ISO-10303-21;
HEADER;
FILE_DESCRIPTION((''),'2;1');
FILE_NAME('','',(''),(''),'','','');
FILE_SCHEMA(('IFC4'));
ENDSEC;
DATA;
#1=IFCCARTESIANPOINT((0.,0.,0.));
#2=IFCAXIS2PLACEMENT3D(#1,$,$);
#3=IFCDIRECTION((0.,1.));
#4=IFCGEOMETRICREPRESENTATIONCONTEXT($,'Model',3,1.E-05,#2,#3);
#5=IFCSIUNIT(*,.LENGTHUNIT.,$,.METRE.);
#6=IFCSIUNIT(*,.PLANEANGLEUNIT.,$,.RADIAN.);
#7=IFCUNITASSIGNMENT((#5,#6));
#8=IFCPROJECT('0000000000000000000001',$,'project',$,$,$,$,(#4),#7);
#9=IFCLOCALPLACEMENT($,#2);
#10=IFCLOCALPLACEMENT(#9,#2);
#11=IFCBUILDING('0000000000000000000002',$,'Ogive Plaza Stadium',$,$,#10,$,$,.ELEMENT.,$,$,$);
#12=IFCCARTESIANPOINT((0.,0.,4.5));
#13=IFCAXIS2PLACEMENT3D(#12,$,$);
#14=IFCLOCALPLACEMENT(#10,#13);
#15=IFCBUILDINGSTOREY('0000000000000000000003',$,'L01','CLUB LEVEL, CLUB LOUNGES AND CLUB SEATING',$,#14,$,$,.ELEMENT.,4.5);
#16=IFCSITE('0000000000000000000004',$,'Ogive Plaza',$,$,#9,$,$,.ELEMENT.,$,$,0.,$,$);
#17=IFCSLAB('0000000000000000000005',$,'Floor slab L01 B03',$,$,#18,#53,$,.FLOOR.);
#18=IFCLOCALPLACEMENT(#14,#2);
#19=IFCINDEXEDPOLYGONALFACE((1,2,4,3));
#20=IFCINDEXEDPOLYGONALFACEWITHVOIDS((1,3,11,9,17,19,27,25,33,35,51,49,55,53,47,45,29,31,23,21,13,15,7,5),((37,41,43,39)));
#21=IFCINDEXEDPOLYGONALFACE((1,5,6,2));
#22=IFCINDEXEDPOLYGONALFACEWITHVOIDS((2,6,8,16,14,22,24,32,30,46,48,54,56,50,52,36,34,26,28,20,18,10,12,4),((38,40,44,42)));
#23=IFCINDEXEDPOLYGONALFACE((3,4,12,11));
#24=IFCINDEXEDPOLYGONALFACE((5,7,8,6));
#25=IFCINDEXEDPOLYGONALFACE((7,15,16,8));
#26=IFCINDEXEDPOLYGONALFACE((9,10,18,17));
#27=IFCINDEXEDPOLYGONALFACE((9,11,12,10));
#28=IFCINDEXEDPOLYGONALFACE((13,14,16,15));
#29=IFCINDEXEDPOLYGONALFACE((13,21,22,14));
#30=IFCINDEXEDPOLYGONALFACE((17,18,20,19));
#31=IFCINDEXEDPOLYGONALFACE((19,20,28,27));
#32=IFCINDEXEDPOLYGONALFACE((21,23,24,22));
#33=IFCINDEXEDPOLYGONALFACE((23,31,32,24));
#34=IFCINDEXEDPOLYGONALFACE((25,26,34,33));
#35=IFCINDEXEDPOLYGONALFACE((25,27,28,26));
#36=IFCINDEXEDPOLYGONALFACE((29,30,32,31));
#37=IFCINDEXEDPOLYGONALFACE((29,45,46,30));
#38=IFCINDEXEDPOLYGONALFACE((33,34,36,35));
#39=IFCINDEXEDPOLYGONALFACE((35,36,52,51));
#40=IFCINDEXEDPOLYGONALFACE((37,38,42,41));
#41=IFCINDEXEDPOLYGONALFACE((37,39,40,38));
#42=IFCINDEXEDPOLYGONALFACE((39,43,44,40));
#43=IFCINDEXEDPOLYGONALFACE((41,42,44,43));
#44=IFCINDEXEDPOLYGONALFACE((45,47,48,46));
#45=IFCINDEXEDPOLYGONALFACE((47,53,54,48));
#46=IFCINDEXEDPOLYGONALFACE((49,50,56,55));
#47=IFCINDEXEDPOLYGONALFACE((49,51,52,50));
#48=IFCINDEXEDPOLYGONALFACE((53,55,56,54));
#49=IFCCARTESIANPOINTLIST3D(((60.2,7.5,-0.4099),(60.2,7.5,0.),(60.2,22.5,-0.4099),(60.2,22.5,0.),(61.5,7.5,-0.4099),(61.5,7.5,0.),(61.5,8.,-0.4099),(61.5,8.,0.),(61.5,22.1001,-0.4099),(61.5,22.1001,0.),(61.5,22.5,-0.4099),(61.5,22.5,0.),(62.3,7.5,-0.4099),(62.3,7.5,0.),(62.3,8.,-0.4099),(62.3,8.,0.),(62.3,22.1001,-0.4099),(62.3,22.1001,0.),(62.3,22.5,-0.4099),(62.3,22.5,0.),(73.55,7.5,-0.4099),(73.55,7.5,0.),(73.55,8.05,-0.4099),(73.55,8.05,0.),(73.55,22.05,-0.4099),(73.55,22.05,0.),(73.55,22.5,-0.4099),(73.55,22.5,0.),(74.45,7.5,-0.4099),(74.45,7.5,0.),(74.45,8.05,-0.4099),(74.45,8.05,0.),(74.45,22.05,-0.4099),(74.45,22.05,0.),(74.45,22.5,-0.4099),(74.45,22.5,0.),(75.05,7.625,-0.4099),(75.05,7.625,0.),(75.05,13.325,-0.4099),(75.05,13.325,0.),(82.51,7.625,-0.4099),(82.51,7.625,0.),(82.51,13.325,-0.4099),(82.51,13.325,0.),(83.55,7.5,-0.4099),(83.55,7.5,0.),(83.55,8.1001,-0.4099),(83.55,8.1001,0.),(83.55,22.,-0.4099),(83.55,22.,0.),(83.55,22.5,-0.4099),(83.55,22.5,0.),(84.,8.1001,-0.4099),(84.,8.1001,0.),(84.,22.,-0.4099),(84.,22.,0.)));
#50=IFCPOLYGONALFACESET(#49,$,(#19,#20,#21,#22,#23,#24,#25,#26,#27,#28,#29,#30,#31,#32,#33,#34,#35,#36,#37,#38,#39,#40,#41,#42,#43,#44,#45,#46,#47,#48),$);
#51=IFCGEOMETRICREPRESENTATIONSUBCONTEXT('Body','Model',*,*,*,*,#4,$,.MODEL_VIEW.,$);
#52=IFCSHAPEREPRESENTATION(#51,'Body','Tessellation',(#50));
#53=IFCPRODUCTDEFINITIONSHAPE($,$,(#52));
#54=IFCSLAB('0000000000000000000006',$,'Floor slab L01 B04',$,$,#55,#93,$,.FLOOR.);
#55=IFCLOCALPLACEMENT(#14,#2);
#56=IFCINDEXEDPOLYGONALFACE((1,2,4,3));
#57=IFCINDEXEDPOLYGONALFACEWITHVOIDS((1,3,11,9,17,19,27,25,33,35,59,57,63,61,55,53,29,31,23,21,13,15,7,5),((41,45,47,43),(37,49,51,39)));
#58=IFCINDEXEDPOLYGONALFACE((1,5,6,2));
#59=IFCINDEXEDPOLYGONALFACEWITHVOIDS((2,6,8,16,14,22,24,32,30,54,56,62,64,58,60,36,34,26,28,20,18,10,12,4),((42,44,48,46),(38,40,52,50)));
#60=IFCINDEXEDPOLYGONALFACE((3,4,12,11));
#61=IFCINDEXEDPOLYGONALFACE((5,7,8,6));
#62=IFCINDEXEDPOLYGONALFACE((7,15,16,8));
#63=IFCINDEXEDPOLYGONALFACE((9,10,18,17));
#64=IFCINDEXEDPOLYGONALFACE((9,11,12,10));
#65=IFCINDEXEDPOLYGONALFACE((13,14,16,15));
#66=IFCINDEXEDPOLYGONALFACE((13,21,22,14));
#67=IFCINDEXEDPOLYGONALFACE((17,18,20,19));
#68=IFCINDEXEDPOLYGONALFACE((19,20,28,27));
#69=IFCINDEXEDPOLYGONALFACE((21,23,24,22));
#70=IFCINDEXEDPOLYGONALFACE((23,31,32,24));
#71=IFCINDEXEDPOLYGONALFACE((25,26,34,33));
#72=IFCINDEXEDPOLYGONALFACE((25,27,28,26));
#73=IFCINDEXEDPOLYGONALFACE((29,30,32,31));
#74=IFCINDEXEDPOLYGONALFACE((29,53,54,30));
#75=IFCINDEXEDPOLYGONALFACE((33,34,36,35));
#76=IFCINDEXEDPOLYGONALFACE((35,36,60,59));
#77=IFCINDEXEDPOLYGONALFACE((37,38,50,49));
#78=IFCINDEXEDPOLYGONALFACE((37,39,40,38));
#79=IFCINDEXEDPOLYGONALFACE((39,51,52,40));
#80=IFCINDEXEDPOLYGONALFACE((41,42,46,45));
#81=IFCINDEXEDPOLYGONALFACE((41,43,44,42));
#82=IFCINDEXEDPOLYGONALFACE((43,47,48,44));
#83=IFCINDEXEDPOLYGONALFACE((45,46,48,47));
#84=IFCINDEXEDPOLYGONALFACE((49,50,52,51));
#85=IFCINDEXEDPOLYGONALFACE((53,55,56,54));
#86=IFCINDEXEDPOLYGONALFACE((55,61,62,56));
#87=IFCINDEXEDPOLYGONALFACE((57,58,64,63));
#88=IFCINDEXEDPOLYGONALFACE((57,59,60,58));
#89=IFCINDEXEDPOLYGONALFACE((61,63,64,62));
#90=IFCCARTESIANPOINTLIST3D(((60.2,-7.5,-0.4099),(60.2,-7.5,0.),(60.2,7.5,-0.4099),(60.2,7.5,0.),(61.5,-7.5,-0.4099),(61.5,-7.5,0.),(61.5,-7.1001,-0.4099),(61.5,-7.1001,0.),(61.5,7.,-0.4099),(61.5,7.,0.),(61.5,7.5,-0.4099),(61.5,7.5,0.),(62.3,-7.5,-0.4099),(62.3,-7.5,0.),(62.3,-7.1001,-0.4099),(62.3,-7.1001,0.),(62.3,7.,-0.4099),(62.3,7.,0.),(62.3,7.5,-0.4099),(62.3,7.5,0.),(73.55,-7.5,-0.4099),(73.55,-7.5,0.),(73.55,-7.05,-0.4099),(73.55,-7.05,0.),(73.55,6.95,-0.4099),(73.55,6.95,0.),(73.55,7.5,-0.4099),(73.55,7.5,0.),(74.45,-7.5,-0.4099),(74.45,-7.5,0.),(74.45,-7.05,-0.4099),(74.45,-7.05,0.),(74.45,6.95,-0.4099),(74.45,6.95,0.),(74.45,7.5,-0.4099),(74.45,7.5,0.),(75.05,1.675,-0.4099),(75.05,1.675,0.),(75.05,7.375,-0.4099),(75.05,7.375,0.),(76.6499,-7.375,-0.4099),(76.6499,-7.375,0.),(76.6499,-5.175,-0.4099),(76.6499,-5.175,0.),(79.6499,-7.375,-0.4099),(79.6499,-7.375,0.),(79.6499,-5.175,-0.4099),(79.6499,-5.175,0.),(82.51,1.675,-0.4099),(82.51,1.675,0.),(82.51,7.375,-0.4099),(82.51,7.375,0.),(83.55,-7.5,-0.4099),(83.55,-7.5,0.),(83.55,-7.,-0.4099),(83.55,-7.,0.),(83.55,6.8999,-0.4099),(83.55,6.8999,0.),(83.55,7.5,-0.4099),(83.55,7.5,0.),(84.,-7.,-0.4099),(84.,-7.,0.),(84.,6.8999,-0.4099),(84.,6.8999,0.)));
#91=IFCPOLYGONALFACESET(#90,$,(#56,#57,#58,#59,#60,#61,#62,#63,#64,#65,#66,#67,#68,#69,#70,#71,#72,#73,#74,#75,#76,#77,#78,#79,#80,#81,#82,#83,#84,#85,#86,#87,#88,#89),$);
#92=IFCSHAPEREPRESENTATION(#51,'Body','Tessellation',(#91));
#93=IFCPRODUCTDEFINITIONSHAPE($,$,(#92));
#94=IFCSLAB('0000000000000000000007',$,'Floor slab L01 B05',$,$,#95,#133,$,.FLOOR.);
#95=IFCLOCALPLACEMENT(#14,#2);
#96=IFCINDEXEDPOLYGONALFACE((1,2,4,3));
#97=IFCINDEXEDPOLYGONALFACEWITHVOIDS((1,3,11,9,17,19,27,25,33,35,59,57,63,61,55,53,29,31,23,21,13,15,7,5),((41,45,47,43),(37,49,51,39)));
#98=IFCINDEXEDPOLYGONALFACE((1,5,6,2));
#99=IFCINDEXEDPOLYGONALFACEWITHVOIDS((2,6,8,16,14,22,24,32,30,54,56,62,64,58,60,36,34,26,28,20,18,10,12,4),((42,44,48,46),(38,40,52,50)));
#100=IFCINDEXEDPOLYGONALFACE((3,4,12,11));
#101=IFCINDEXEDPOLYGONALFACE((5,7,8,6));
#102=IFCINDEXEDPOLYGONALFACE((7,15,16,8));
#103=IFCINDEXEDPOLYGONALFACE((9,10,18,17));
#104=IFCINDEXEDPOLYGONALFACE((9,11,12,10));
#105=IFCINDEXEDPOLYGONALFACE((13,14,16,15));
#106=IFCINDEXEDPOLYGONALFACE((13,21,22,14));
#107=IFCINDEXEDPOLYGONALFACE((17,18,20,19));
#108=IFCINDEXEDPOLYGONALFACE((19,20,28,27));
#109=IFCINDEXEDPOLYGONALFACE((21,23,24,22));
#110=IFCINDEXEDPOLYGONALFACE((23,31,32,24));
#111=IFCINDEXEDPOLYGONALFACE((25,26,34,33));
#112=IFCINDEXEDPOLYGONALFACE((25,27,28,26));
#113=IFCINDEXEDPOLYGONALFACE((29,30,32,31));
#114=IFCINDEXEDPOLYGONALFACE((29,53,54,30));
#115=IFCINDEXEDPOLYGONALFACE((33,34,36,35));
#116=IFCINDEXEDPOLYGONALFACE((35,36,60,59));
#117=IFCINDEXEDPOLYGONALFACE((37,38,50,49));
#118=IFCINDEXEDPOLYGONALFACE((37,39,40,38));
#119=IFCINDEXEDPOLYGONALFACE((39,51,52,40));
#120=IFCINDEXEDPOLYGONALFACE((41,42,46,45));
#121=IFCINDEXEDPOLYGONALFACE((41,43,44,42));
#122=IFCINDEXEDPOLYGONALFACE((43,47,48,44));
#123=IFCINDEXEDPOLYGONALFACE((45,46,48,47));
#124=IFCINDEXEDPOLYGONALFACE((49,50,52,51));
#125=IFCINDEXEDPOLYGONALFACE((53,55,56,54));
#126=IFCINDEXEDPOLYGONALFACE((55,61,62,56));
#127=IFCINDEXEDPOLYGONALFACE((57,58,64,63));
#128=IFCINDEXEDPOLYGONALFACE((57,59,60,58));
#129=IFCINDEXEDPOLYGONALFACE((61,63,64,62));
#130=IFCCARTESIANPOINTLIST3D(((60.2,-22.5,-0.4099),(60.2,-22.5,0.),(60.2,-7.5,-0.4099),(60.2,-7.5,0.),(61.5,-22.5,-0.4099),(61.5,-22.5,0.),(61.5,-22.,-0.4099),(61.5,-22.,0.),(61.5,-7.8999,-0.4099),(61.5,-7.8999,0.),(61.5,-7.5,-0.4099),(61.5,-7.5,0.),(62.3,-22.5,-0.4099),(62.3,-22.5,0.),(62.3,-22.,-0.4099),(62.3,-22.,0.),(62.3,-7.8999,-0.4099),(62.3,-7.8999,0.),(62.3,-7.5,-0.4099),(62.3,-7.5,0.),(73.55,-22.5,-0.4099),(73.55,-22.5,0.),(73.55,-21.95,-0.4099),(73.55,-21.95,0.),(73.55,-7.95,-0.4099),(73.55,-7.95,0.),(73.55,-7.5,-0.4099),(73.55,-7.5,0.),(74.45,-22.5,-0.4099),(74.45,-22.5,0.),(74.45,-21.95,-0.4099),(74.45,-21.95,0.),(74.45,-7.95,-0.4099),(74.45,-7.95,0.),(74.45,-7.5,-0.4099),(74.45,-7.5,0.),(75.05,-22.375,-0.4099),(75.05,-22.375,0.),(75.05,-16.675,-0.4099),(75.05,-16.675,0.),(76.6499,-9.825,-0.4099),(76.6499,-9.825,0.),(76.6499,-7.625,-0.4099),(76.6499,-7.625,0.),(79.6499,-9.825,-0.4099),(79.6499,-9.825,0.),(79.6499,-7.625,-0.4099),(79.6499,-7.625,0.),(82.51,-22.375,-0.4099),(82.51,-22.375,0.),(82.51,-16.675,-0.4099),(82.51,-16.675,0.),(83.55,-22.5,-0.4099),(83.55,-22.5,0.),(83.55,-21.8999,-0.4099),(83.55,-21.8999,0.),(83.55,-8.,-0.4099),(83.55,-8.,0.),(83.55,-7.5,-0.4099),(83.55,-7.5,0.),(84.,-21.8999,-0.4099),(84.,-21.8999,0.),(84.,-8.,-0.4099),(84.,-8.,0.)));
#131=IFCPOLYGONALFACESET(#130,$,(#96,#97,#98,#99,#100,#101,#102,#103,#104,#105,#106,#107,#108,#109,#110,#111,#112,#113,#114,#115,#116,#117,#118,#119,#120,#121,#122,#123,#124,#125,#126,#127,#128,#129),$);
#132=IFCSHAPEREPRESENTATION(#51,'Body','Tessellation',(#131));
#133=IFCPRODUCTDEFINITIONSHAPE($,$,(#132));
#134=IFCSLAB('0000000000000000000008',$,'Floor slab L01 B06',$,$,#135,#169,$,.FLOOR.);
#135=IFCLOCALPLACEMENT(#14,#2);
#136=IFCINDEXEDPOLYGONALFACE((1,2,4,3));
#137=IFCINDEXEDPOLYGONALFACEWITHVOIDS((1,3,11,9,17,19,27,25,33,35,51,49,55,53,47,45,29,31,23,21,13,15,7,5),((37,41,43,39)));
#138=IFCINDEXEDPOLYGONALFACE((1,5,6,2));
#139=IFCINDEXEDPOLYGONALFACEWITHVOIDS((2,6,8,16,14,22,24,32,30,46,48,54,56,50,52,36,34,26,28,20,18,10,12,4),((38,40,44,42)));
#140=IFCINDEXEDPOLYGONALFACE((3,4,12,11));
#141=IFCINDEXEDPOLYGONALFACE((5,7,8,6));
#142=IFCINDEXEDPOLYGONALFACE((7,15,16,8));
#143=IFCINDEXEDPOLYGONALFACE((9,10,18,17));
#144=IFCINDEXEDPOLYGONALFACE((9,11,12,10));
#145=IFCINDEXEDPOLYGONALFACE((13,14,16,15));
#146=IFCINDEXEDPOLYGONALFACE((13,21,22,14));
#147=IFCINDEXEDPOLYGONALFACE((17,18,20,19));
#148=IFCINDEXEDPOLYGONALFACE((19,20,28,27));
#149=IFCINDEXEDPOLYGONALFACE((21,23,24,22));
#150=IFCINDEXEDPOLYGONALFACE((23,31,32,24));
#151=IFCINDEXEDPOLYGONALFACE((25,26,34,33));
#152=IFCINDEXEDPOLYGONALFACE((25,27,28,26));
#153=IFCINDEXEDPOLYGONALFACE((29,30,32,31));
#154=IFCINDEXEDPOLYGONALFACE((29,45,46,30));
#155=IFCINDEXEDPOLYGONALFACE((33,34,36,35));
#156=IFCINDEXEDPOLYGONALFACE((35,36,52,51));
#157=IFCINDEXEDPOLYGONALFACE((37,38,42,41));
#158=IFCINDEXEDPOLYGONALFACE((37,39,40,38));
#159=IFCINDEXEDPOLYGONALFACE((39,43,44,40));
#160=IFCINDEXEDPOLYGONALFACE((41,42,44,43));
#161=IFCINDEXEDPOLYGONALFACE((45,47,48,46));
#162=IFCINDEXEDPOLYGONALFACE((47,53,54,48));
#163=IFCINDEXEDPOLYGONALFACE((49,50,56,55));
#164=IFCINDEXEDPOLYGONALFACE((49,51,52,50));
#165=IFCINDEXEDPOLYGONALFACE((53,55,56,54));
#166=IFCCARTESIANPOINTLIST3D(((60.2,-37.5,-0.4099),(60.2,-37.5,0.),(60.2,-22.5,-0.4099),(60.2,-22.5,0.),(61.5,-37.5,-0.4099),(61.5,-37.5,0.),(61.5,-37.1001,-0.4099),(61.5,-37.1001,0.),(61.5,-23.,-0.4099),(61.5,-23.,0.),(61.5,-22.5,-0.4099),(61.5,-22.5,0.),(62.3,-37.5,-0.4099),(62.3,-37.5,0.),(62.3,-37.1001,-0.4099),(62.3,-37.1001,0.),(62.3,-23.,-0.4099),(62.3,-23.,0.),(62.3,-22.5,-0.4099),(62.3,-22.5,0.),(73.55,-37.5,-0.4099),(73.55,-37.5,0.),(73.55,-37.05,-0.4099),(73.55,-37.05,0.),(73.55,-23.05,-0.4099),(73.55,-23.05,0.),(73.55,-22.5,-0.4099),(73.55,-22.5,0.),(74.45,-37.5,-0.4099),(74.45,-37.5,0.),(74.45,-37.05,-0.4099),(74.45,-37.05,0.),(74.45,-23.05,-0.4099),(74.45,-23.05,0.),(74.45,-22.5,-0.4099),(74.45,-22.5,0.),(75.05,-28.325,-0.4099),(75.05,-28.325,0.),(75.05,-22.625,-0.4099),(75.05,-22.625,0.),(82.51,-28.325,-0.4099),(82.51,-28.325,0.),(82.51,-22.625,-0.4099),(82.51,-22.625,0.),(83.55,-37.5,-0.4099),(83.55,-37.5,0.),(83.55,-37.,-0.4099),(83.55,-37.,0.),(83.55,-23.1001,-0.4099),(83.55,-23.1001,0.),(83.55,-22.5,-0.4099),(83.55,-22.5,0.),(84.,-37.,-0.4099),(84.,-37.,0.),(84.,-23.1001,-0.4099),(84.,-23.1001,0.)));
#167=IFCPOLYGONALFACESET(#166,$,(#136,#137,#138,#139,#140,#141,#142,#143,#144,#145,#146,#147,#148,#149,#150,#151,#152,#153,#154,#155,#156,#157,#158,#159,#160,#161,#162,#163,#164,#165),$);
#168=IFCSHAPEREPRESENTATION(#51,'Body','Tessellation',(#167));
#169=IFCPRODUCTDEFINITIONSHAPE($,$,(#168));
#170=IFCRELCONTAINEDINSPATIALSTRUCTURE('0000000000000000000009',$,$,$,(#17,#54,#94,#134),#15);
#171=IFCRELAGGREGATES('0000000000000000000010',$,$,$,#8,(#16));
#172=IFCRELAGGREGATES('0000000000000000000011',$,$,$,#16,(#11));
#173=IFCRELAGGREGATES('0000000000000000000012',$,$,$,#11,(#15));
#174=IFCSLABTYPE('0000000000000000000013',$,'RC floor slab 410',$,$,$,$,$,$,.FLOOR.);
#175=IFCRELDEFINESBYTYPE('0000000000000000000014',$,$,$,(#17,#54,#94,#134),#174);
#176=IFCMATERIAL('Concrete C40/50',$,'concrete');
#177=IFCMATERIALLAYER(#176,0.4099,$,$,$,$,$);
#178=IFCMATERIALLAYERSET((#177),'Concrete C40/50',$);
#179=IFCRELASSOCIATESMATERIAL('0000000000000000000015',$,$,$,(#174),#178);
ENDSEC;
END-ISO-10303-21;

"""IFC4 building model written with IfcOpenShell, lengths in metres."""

from ifc_helpers import new_model, si_unit, direction, frame, origin, place, context, subcontext, project, spatial, polyline, outline, extrude, material, layer, layer_set, type_object, element, save


model = new_model("IFC4")

# Units and contexts
model_context = context("Model", 3, precision=1e-05, world=origin(), true_north=direction((0.0, 1.0)))
body_context = subcontext(model_context, "Body", "Model", "MODEL_VIEW")
ifc_project = project(units=[si_unit("LENGTHUNIT", "METRE"), si_unit("PLANEANGLEUNIT", "RADIAN")], contexts=[model_context])

# Site, building, storey
site_placement = place(None, origin())
site = spatial("IfcSite", under=ifc_project, at=site_placement, Name="Ogive Plaza", CompositionType="ELEMENT", RefElevation=0.0)
building_placement = place(site_placement, origin())
building = spatial("IfcBuilding", under=site, at=building_placement, Name="Ogive Plaza Stadium", CompositionType="ELEMENT")
storey_placement = place(building_placement, frame((0.0, 0.0, 4.5)))
storey = spatial("IfcBuildingStorey", under=building, at=storey_placement, Name="L01", Description="CLUB LEVEL, CLUB LOUNGES AND CLUB SEATING", CompositionType="ELEMENT", Elevation=4.5)

# Slabs
ifc_material_1 = material(Name="Concrete C40/50", Category="concrete")
ifc_layer_1 = layer(ifc_material_1, 0.4099)
ifc_layer_set_1 = layer_set([ifc_layer_1], Name="Concrete C40/50")
slab_type = type_object("IfcSlabType", Name="RC floor slab 410", PredefinedType="FLOOR", material=ifc_layer_set_1)
slab_1_placement = place(storey_placement, frame((0.0, 0.0, -0.4099)))
element("IfcSlab", 1, at=slab_1_placement, inside=storey, type_object=slab_type, Name="Floor slab L01 B03", PredefinedType="FLOOR", context=body_context, shape_type="SweptSolid", body=[
    extrude(outline(polyline([(61.5, 7.5), (61.5, 8.0), (62.3, 8.0), (62.3, 7.5), (73.55, 7.5), (73.55, 8.05), (74.45, 8.05), (74.45, 7.5), (83.55, 7.5), (83.55, 8.1001), (84.0, 8.1001), (84.0, 22.0), (83.55, 22.0), (83.55, 22.5), (74.45, 22.5), (74.45, 22.05), (73.55, 22.05), (73.55, 22.5), (62.3, 22.5), (62.3, 22.1001), (61.5, 22.1001), (61.5, 22.5), (60.2, 22.5), (60.2, 7.5), (61.5, 7.5)]), holes=[polyline([(75.05, 13.325), (75.05, 7.625), (82.51, 7.625), (82.51, 13.325), (75.05, 13.325)])]), origin(), (0.0, 0.0, 1.0), 0.4099),
])
slab_2_placement = place(storey_placement, frame((0.0, 0.0, -0.4099)))
element("IfcSlab", 2, at=slab_2_placement, inside=storey, type_object=slab_type, Name="Floor slab L01 B04", PredefinedType="FLOOR", context=body_context, shape_type="SweptSolid", body=[
    extrude(outline(polyline([(61.5, -7.5), (61.5, -7.1001), (62.3, -7.1001), (62.3, -7.5), (73.55, -7.5), (73.55, -7.05), (74.45, -7.05), (74.45, -7.5), (83.55, -7.5), (83.55, -7.0), (84.0, -7.0), (84.0, 6.8999), (83.55, 6.8999), (83.55, 7.5), (74.45, 7.5), (74.45, 6.95), (73.55, 6.95), (73.55, 7.5), (62.3, 7.5), (62.3, 7.0), (61.5, 7.0), (61.5, 7.5), (60.2, 7.5), (60.2, -7.5), (61.5, -7.5)]), holes=[polyline([(76.6499, -5.175), (76.6499, -7.375), (79.6499, -7.375), (79.6499, -5.175), (76.6499, -5.175)]), polyline([(75.05, 7.375), (75.05, 1.675), (82.51, 1.675), (82.51, 7.375), (75.05, 7.375)])]), origin(), (0.0, 0.0, 1.0), 0.4099),
])
slab_3_placement = place(storey_placement, frame((0.0, 0.0, -0.4099)))
element("IfcSlab", 3, at=slab_3_placement, inside=storey, type_object=slab_type, Name="Floor slab L01 B05", PredefinedType="FLOOR", context=body_context, shape_type="SweptSolid", body=[
    extrude(outline(polyline([(61.5, -22.5), (61.5, -22.0), (62.3, -22.0), (62.3, -22.5), (73.55, -22.5), (73.55, -21.95), (74.45, -21.95), (74.45, -22.5), (83.55, -22.5), (83.55, -21.8999), (84.0, -21.8999), (84.0, -8.0), (83.55, -8.0), (83.55, -7.5), (74.45, -7.5), (74.45, -7.95), (73.55, -7.95), (73.55, -7.5), (62.3, -7.5), (62.3, -7.8999), (61.5, -7.8999), (61.5, -7.5), (60.2, -7.5), (60.2, -22.5), (61.5, -22.5)]), holes=[polyline([(75.05, -16.675), (75.05, -22.375), (82.51, -22.375), (82.51, -16.675), (75.05, -16.675)]), polyline([(76.6499, -7.625), (76.6499, -9.825), (79.6499, -9.825), (79.6499, -7.625), (76.6499, -7.625)])]), origin(), (0.0, 0.0, 1.0), 0.4099),
])
slab_4_placement = place(storey_placement, frame((0.0, 0.0, -0.4099)))
element("IfcSlab", 4, at=slab_4_placement, inside=storey, type_object=slab_type, Name="Floor slab L01 B06", PredefinedType="FLOOR", context=body_context, shape_type="SweptSolid", body=[
    extrude(outline(polyline([(61.5, -37.5), (61.5, -37.1001), (62.3, -37.1001), (62.3, -37.5), (73.55, -37.5), (73.55, -37.05), (74.45, -37.05), (74.45, -37.5), (83.55, -37.5), (83.55, -37.0), (84.0, -37.0), (84.0, -23.1001), (83.55, -23.1001), (83.55, -22.5), (74.45, -22.5), (74.45, -23.05), (73.55, -23.05), (73.55, -22.5), (62.3, -22.5), (62.3, -23.0), (61.5, -23.0), (61.5, -22.5), (60.2, -22.5), (60.2, -37.5), (61.5, -37.5)]), holes=[polyline([(75.05, -22.625), (75.05, -28.325), (82.51, -28.325), (82.51, -22.625), (75.05, -22.625)])]), origin(), (0.0, 0.0, 1.0), 0.4099),
])

save(model, "model.ifc")
